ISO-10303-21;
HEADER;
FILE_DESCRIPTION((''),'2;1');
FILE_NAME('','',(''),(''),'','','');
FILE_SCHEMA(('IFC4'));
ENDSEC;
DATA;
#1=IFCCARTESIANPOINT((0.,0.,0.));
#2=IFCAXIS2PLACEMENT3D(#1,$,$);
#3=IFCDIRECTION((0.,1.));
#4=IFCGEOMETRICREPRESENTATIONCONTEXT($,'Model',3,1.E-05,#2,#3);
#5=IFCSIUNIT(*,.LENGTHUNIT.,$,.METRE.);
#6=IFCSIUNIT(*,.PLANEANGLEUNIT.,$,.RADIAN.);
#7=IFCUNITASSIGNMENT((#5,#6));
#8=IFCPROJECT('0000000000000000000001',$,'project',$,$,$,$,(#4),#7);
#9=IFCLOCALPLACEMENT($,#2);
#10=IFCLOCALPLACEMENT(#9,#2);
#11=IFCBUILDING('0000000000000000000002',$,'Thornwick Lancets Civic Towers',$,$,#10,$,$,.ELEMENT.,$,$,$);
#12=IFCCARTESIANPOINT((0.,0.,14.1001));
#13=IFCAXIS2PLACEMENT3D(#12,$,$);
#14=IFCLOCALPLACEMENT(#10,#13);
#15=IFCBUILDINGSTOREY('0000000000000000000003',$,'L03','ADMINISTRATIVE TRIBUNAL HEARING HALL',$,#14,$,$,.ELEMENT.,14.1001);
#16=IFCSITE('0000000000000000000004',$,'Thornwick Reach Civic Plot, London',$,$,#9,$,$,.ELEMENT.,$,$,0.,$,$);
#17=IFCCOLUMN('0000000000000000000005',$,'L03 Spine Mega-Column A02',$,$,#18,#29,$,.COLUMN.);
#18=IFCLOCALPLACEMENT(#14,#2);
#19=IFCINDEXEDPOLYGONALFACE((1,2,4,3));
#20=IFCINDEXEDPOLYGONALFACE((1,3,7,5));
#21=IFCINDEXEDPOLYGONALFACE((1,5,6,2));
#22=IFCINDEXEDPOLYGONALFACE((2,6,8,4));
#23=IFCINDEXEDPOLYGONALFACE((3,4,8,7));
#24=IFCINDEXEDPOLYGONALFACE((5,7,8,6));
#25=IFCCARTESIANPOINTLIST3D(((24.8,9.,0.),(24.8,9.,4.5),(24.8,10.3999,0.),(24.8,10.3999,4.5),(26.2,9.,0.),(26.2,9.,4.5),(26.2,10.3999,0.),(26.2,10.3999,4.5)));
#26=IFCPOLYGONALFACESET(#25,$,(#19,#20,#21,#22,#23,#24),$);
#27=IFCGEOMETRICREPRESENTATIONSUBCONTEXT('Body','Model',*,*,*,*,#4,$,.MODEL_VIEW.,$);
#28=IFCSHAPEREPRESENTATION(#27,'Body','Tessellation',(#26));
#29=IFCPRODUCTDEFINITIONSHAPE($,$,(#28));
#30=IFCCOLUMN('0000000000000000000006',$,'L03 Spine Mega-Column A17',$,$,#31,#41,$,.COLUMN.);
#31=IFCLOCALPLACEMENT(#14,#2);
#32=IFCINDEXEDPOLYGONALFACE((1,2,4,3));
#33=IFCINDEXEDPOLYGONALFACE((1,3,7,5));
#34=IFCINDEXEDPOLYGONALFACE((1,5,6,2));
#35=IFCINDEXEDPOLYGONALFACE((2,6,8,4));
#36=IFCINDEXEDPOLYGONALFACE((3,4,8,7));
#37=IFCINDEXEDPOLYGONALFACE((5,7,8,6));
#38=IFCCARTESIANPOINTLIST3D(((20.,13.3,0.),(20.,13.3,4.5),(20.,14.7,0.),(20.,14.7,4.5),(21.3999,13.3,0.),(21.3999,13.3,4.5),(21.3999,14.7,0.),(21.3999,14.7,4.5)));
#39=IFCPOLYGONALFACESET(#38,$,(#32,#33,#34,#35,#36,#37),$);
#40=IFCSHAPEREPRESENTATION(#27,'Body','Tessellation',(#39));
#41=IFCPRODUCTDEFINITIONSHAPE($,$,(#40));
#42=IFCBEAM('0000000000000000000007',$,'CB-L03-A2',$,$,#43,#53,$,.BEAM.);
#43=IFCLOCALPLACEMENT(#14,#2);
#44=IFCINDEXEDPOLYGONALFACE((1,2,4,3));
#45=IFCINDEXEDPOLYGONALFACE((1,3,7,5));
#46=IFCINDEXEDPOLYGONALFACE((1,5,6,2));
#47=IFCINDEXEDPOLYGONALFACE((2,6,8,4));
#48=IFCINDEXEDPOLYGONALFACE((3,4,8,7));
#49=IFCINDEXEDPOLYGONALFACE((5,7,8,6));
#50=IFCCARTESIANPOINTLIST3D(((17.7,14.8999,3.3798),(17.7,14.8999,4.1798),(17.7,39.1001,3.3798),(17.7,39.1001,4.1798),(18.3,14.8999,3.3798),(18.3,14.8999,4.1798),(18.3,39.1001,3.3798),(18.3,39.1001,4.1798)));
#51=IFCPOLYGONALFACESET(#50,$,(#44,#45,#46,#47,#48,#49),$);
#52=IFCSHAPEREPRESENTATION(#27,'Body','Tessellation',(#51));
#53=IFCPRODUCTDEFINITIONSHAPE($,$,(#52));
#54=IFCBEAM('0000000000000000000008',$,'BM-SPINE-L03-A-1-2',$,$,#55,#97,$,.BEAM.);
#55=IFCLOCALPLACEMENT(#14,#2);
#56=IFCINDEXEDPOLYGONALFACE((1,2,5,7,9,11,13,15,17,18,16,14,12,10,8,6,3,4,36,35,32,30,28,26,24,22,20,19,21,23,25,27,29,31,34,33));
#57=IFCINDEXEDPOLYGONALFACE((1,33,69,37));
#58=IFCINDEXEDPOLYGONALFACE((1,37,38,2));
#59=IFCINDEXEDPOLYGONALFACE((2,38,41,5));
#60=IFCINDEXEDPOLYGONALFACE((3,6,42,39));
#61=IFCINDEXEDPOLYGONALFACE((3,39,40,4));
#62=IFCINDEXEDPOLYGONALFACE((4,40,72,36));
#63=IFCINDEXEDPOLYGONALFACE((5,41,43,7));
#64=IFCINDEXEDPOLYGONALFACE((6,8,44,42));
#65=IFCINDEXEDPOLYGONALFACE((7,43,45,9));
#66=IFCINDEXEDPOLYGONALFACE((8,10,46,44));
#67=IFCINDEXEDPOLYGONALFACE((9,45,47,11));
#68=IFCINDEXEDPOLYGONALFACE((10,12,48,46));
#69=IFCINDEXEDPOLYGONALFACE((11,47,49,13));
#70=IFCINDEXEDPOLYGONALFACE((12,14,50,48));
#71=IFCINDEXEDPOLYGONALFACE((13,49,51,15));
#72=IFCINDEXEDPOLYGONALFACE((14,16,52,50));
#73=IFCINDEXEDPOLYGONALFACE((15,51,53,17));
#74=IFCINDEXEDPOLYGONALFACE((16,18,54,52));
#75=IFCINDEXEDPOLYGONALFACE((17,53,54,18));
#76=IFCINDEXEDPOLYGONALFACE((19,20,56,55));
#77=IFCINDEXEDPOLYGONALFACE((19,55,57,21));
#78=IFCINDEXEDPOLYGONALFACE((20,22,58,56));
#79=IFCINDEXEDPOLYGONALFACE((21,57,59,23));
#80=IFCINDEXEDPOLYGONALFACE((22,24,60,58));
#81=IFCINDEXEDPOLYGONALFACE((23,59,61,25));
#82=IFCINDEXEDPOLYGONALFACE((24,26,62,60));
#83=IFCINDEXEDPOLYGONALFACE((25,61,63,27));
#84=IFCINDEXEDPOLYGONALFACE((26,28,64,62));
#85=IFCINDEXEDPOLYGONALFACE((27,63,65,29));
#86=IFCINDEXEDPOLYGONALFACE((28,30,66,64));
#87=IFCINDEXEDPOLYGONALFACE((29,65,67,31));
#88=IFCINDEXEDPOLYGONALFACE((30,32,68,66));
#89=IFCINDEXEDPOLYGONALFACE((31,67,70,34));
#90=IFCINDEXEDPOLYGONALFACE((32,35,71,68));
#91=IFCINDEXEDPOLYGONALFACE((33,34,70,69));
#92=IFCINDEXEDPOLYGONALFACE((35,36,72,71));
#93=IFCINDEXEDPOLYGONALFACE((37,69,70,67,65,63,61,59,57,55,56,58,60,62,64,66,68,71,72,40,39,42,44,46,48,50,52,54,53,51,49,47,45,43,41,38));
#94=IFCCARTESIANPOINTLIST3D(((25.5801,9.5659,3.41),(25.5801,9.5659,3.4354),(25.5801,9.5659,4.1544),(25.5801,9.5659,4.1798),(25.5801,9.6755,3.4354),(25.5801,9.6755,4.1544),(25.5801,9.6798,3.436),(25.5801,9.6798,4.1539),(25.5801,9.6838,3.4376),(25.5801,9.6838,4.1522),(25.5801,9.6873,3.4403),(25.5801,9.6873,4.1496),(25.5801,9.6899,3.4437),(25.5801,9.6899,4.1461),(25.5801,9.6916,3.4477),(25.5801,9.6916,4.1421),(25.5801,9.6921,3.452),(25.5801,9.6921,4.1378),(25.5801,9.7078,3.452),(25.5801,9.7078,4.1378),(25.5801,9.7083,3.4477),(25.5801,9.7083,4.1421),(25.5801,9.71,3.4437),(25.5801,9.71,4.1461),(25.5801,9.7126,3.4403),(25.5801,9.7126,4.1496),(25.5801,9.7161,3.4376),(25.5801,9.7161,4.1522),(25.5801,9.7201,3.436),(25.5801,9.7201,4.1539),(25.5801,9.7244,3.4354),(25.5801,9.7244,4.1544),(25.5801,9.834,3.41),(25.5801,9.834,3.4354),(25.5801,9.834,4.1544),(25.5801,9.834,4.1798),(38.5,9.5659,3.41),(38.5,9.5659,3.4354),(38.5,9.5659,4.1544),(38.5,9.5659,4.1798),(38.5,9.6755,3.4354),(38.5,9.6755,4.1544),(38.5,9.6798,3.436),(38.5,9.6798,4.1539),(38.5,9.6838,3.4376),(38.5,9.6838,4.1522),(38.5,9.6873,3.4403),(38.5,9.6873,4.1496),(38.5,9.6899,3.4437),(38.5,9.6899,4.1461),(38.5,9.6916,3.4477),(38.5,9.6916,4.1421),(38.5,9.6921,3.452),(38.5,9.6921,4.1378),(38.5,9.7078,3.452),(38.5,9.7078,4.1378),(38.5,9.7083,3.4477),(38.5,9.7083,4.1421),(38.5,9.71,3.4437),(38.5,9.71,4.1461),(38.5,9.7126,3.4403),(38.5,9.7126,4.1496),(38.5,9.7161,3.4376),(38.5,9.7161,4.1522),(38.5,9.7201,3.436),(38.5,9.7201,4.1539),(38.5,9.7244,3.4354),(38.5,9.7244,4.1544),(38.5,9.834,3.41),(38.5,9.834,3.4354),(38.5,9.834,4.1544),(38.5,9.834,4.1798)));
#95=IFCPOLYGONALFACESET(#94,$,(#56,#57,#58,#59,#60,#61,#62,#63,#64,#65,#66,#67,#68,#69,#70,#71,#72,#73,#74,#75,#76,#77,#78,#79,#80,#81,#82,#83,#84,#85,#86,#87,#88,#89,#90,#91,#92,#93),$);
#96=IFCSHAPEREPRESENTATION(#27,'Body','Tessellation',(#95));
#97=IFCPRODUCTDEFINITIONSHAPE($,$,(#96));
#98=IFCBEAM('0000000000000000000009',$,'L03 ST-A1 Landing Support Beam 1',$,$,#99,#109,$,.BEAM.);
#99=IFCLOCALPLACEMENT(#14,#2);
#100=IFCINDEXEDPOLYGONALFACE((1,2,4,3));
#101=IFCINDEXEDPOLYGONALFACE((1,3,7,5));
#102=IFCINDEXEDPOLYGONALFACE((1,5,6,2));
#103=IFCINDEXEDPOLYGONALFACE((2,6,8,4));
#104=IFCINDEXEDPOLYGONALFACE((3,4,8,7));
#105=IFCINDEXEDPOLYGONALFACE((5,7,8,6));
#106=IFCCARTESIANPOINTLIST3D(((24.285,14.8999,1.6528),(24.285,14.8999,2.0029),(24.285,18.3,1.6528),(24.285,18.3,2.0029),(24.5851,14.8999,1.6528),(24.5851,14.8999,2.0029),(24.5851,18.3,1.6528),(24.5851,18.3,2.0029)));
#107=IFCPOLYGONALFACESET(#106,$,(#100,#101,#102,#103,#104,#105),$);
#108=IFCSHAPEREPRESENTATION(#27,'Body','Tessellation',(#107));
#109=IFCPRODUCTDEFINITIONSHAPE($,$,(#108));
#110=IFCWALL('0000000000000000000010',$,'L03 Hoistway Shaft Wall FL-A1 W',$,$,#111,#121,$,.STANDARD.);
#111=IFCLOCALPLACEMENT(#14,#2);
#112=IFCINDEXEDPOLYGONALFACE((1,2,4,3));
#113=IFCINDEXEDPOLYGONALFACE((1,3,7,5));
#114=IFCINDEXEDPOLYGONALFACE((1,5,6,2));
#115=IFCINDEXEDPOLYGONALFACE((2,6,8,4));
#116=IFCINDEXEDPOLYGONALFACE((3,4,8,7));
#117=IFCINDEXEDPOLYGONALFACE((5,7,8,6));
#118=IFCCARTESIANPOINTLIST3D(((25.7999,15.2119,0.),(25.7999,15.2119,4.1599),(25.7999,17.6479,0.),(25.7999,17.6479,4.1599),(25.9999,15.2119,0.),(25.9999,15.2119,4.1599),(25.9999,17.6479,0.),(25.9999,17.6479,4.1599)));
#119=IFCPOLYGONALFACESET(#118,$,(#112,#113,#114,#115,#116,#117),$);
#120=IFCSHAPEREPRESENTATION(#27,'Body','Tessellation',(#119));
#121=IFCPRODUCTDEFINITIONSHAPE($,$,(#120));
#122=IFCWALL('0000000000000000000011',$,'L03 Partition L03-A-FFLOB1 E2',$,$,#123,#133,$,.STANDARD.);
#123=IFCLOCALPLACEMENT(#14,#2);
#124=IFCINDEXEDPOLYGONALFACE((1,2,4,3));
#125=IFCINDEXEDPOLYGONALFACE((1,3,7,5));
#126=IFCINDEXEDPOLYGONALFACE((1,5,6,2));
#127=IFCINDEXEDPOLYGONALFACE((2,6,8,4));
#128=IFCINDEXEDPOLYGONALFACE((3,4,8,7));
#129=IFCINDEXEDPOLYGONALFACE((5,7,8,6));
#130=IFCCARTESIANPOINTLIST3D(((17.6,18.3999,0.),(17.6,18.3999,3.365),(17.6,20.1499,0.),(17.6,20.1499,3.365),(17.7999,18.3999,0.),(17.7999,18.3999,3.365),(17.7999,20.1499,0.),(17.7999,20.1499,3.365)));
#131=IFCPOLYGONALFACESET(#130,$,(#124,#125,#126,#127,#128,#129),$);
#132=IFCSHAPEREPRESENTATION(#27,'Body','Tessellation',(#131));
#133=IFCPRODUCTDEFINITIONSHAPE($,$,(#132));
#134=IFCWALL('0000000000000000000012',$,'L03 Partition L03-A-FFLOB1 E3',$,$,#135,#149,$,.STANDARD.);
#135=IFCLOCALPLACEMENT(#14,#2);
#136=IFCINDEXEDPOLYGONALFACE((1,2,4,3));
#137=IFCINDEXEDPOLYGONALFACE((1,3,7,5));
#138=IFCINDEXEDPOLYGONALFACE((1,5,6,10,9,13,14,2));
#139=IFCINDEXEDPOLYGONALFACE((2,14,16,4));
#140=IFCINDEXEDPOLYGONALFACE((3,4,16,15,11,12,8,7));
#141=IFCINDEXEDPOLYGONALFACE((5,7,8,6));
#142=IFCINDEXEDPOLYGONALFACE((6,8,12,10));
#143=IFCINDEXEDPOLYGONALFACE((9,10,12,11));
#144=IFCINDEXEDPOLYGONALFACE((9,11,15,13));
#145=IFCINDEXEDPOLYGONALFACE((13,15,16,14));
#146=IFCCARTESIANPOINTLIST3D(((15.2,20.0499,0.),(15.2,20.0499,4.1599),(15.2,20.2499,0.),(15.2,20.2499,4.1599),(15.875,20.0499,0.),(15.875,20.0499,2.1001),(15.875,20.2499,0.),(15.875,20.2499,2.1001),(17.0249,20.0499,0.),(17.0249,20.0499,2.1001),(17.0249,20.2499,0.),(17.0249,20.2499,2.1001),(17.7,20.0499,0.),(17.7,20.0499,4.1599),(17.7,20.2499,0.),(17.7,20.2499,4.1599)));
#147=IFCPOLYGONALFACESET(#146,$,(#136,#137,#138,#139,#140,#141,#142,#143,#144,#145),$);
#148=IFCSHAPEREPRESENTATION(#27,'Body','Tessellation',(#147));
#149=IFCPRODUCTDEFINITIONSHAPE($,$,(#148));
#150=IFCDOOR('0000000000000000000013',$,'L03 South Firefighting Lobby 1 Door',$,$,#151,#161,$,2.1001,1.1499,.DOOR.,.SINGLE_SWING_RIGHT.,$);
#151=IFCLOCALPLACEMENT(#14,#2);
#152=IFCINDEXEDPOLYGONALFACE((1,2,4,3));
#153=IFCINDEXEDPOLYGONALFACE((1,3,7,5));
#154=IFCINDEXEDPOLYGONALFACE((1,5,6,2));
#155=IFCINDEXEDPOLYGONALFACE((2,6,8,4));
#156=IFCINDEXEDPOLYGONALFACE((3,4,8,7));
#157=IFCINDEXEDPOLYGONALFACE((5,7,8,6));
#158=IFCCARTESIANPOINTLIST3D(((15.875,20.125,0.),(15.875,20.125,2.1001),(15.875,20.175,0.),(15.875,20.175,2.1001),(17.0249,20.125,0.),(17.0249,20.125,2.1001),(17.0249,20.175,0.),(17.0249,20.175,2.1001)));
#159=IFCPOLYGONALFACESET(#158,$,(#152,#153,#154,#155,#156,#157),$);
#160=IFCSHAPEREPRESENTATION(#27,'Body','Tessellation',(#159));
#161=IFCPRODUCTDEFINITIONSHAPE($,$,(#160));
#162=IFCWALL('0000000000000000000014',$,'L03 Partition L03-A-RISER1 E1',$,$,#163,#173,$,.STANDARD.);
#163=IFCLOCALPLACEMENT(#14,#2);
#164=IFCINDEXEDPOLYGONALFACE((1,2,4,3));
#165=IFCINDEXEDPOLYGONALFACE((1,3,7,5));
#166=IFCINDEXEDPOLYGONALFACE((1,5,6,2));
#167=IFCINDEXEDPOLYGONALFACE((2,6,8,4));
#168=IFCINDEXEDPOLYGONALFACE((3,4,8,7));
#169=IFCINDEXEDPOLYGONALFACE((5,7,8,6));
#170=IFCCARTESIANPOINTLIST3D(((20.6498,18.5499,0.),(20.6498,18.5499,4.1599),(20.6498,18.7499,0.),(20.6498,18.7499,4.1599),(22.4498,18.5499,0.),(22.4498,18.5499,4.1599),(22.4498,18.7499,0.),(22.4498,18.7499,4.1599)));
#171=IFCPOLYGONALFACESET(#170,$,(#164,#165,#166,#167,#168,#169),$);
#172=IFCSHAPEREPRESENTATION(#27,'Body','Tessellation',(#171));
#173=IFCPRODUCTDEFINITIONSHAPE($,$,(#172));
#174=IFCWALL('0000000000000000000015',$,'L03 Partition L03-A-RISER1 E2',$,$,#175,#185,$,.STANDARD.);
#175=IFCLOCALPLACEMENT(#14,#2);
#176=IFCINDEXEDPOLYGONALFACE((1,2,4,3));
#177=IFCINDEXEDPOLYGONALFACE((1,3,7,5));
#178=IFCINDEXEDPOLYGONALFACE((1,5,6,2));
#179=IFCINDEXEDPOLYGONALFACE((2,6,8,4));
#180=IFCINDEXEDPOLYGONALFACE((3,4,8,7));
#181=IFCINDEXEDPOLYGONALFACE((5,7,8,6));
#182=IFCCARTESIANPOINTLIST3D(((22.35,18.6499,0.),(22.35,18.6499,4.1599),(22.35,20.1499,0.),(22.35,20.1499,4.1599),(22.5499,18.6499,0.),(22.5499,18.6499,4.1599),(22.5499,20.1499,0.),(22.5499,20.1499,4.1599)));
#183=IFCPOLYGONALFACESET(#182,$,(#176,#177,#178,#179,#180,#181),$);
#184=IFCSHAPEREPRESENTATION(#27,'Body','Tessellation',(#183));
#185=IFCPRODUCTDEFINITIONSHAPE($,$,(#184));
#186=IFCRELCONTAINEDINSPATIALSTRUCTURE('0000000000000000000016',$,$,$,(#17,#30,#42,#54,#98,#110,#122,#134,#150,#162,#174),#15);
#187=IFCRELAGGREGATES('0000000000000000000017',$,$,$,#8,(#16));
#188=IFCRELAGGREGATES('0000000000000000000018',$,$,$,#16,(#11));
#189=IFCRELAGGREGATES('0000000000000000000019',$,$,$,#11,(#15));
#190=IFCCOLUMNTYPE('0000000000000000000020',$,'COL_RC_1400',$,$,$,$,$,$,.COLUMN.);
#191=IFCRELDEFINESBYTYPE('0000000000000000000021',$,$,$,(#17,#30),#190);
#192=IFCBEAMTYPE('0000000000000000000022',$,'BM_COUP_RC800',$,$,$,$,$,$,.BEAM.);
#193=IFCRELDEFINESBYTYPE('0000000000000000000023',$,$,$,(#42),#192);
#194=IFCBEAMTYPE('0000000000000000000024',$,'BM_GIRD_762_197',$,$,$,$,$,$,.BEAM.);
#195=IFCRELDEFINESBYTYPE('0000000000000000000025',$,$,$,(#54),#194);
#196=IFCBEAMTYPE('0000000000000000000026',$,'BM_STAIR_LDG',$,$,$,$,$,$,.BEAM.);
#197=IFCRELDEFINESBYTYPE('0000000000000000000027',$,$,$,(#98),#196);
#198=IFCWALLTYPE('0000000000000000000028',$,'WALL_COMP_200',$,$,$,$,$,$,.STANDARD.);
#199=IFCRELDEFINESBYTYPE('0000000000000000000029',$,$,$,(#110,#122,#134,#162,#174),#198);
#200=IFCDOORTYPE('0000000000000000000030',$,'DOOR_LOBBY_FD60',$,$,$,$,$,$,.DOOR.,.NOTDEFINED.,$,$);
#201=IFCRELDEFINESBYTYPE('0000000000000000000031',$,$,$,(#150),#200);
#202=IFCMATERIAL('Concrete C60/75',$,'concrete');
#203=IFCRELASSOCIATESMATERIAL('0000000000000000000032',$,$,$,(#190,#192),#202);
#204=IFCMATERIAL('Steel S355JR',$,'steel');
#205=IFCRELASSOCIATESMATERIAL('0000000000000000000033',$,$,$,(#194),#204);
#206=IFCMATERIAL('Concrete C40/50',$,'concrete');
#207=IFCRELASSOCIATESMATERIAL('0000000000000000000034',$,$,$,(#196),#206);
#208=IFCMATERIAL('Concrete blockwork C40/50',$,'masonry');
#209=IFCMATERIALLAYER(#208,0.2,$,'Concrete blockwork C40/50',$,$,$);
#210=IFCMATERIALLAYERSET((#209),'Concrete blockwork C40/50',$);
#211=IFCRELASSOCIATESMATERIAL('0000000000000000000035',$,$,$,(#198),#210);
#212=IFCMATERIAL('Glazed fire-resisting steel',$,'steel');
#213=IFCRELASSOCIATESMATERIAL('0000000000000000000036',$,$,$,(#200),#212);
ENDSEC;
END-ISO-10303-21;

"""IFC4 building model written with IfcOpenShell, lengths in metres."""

from ifc_helpers import new_model, si_unit, direction, frame, frame_2d, origin, origin_2d, place, context, subcontext, project, spatial, rectangle, i_section, extrude, material, layer, layer_set, material_profile, profile_set, type_object, element, fill, save


model = new_model("IFC4")

# Units and contexts
model_context = context("Model", 3, precision=1e-05, world=origin(), true_north=direction((0.0, 1.0)))
body_context = subcontext(model_context, "Body", "Model", "MODEL_VIEW")
ifc_project = project(units=[si_unit("LENGTHUNIT", "METRE"), si_unit("PLANEANGLEUNIT", "RADIAN")], contexts=[model_context])

# Site, building, storey
site_placement = place(None, origin())
site = spatial("IfcSite", under=ifc_project, at=site_placement, Name="Thornwick Reach Civic Plot, London", CompositionType="ELEMENT", RefElevation=0.0)
building_placement = place(site_placement, origin())
building = spatial("IfcBuilding", under=site, at=building_placement, Name="Thornwick Lancets Civic Towers", CompositionType="ELEMENT")
storey_placement = place(building_placement, frame((0.0, 0.0, 14.1001)))
storey = spatial("IfcBuildingStorey", under=building, at=storey_placement, Name="L03", Description="ADMINISTRATIVE TRIBUNAL HEARING HALL", CompositionType="ELEMENT", Elevation=14.1001)

# Columns
ifc_material_1 = material(Name="Concrete C60/75", Category="concrete")
ifc_material_profile_1 = material_profile(ifc_material_1, rectangle(XDim=1.3999, YDim=1.3999, at=origin_2d()), Name="RC 1400x1400")
ifc_profile_set_1 = profile_set([ifc_material_profile_1], Name="Concrete C60/75")
column_type = type_object("IfcColumnType", Name="COL_RC_1400", PredefinedType="COLUMN", material=ifc_profile_set_1)
for number, where, z_axis, x_axis, name in (
    (1, (25.5, 9.7, 0.0), (0.0, 0.0, 1.0), (1.0, 0.0, 0.0), "L03 Spine Mega-Column A02"),
    (2, (20.7, 14.0, 0.0), (0.0, 0.0, 1.0), (1.0, 0.0, 0.0), "L03 Spine Mega-Column A17"),
):
    element("IfcColumn", number, at=place(storey_placement, frame(where, z_axis=z_axis, x_axis=x_axis)), inside=storey, type_object=column_type, Name=name, PredefinedType="COLUMN", context=body_context, shape_type="SweptSolid", body=[
        extrude(rectangle(XDim=1.3999, YDim=1.3999, at=origin_2d()), origin(), (0.0, 0.0, 1.0), 4.5),
    ])

# Beams
ifc_material_profile_2 = material_profile(ifc_material_1, rectangle(XDim=0.6001, YDim=0.8, at=origin_2d()), Name="RC 600x800")
ifc_profile_set_2 = profile_set([ifc_material_profile_2], Name="Concrete C60/75")
beam_type_1 = type_object("IfcBeamType", Name="BM_COUP_RC800", PredefinedType="BEAM", material=ifc_profile_set_2)
beam_1_placement = place(storey_placement, frame((18.0, 14.8999, 3.7798), z_axis=(0.0, 1.0, 0.0), x_axis=(-1.0, 0.0, 0.0)))
element("IfcBeam", 3, at=beam_1_placement, inside=storey, type_object=beam_type_1, Name="CB-L03-A2", PredefinedType="BEAM", context=body_context, shape_type="SweptSolid", body=[
    extrude(rectangle(XDim=0.6001, YDim=0.8, at=origin_2d()), origin(), (0.0, 0.0, 1.0), 24.2002),
])
ifc_material_2 = material(Name="Steel S355JR", Category="steel")
ifc_material_profile_3 = material_profile(ifc_material_2, i_section(OverallWidth=0.2681, OverallDepth=0.7698, WebThickness=0.0156, FlangeThickness=0.0254, FilletRadius=0.0166, at=origin_2d()), Name="UKB 762x267x197")
ifc_profile_set_3 = profile_set([ifc_material_profile_3], Name="Steel S355JR")
beam_type_2 = type_object("IfcBeamType", Name="BM_GIRD_762_197", PredefinedType="BEAM", material=ifc_profile_set_3)
beam_2_placement = place(storey_placement, frame((25.5801, 9.7, 3.7949), z_axis=(1.0, 0.0, 0.0), x_axis=(0.0, 1.0, 0.0)))
element("IfcBeam", 4, at=beam_2_placement, inside=storey, type_object=beam_type_2, Name="BM-SPINE-L03-A-1-2", PredefinedType="BEAM", context=body_context, shape_type="SweptSolid", body=[
    extrude(i_section(OverallWidth=0.2681, OverallDepth=0.7698, WebThickness=0.0156, FlangeThickness=0.0254, FilletRadius=0.0166, at=origin_2d()), origin(), (0.0, 0.0, 1.0), 12.9199),
])
ifc_material_3 = material(Name="Concrete C40/50", Category="concrete")
ifc_material_profile_4 = material_profile(ifc_material_3, rectangle(XDim=0.3, YDim=0.3501, at=origin_2d()), Name="RC 300x350")
ifc_profile_set_4 = profile_set([ifc_material_profile_4], Name="Concrete C40/50")
beam_type_3 = type_object("IfcBeamType", Name="BM_STAIR_LDG", PredefinedType="BEAM", material=ifc_profile_set_4)
beam_3_placement = place(storey_placement, frame((24.4351, 14.8999, 1.8279), z_axis=(0.0, 1.0, 0.0), x_axis=(-1.0, 0.0, 0.0)))
element("IfcBeam", 5, at=beam_3_placement, inside=storey, type_object=beam_type_3, Name="L03 ST-A1 Landing Support Beam 1", PredefinedType="BEAM", context=body_context, shape_type="SweptSolid", body=[
    extrude(rectangle(XDim=0.3, YDim=0.3501, at=origin_2d()), origin(), (0.0, 0.0, 1.0), 3.4001),
])

# Walls
ifc_material_4 = material(Name="Concrete blockwork C40/50", Category="masonry")
ifc_layer_1 = layer(ifc_material_4, 0.2, Name="Concrete blockwork C40/50")
ifc_layer_set_1 = layer_set([ifc_layer_1], Name="Concrete blockwork C40/50")
wall_type_1 = type_object("IfcWallType", Name="WALL_COMP_200", PredefinedType="STANDARD", material=ifc_layer_set_1)
wall_1_placement = place(storey_placement, frame((25.8999, 15.2119, 0.0), z_axis=(0.0, 0.0, 1.0), x_axis=(0.0, 1.0, 0.0)))
element("IfcWall", 6, at=wall_1_placement, inside=storey, type_object=wall_type_1, Name="L03 Hoistway Shaft Wall FL-A1 W", PredefinedType="STANDARD", context=body_context, shape_type="SweptSolid", body=[
    extrude(rectangle(XDim=2.436, YDim=0.2, at=frame_2d((1.218, 0.0))), origin(), (0.0, 0.0, 1.0), 4.1599),
])
wall_2_placement = place(storey_placement, frame((17.7, 18.3999, 0.0), z_axis=(0.0, 0.0, 1.0), x_axis=(0.0, 1.0, 0.0)))
element("IfcWall", 7, at=wall_2_placement, inside=storey, type_object=wall_type_1, Name="L03 Partition L03-A-FFLOB1 E2", PredefinedType="STANDARD", context=body_context, shape_type="SweptSolid", body=[
    extrude(rectangle(XDim=1.75, YDim=0.2, at=frame_2d((0.875, 0.0))), origin(), (0.0, 0.0, 1.0), 3.365),
])

# Wall, opening, door
wall_3_placement = place(storey_placement, frame((17.7, 20.1499, 0.0), z_axis=(0.0, 0.0, 1.0), x_axis=(-1.0, 0.0, 0.0)))
wall_3 = element("IfcWall", 8, at=wall_3_placement, inside=storey, type_object=wall_type_1, Name="L03 Partition L03-A-FFLOB1 E3", PredefinedType="STANDARD", context=body_context, shape_type="SweptSolid", body=[
    extrude(rectangle(XDim=2.5, YDim=0.2, at=frame_2d((1.25, 0.0))), origin(), (0.0, 0.0, 1.0), 4.1599),
])
opening_1_placement = place(wall_3_placement, frame((0.675, 0.0, 0.0)))
opening_1 = element("IfcOpeningElement", 9, at=opening_1_placement, cuts=wall_3, PredefinedType="OPENING", context=body_context, shape_type="SweptSolid", body=[
    extrude(rectangle(XDim=1.1499, YDim=2.1001, at=frame_2d((0.575, 1.05))), frame((0.0, 0.1099, 0.0), z_axis=(0.0, -1.0, 0.0), x_axis=(1.0, 0.0, 0.0)), (0.0, 0.0, 1.0), 0.22),
])
ifc_material_5 = material(Name="Glazed fire-resisting steel", Category="steel")
door_type_1 = type_object("IfcDoorType", Name="DOOR_LOBBY_FD60", OperationType="NOTDEFINED", PredefinedType="DOOR", material=ifc_material_5)
door_1_placement = place(opening_1_placement, origin())
door_1 = element("IfcDoor", 10, at=door_1_placement, inside=storey, type_object=door_type_1, Name="L03 South Firefighting Lobby 1 Door", OperationType="SINGLE_SWING_RIGHT", OverallHeight=2.1001, OverallWidth=1.1499, PredefinedType="DOOR", context=body_context, shape_type="SweptSolid", body=[
    extrude(rectangle(XDim=1.1499, YDim=2.1001, at=frame_2d((0.575, 1.05))), frame((0.0, 0.0249, 0.0), z_axis=(0.0, -1.0, 0.0), x_axis=(1.0, 0.0, 0.0)), (0.0, 0.0, 1.0), 0.05),
])
fill(opening_1, door_1)

# Walls
wall_4_placement = place(storey_placement, frame((20.6499, 18.6499, 0.0), z_axis=(0.0, 0.0, 1.0), x_axis=(1.0, 0.0, 0.0)))
element("IfcWall", 11, at=wall_4_placement, inside=storey, type_object=wall_type_1, Name="L03 Partition L03-A-RISER1 E1", PredefinedType="STANDARD", context=body_context, shape_type="SweptSolid", body=[
    extrude(rectangle(XDim=1.8, YDim=0.2, at=frame_2d((0.8999, 0.0))), origin(), (0.0, 0.0, 1.0), 4.1599),
])
for number, where, z_axis, x_axis, name in (
    (12, (22.45, 18.6499, 0.0), (0.0, 0.0, 1.0), (0.0, 1.0, 0.0), "L03 Partition L03-A-RISER1 E2"),
):
    element("IfcWall", number, at=place(storey_placement, frame(where, z_axis=z_axis, x_axis=x_axis)), inside=storey, type_object=wall_type_1, Name=name, PredefinedType="STANDARD", context=body_context, shape_type="SweptSolid", body=[
        extrude(rectangle(XDim=1.5, YDim=0.2, at=frame_2d((0.75, 0.0))), origin(), (0.0, 0.0, 1.0), 4.1599),
    ])

save(model, "model.ifc")
